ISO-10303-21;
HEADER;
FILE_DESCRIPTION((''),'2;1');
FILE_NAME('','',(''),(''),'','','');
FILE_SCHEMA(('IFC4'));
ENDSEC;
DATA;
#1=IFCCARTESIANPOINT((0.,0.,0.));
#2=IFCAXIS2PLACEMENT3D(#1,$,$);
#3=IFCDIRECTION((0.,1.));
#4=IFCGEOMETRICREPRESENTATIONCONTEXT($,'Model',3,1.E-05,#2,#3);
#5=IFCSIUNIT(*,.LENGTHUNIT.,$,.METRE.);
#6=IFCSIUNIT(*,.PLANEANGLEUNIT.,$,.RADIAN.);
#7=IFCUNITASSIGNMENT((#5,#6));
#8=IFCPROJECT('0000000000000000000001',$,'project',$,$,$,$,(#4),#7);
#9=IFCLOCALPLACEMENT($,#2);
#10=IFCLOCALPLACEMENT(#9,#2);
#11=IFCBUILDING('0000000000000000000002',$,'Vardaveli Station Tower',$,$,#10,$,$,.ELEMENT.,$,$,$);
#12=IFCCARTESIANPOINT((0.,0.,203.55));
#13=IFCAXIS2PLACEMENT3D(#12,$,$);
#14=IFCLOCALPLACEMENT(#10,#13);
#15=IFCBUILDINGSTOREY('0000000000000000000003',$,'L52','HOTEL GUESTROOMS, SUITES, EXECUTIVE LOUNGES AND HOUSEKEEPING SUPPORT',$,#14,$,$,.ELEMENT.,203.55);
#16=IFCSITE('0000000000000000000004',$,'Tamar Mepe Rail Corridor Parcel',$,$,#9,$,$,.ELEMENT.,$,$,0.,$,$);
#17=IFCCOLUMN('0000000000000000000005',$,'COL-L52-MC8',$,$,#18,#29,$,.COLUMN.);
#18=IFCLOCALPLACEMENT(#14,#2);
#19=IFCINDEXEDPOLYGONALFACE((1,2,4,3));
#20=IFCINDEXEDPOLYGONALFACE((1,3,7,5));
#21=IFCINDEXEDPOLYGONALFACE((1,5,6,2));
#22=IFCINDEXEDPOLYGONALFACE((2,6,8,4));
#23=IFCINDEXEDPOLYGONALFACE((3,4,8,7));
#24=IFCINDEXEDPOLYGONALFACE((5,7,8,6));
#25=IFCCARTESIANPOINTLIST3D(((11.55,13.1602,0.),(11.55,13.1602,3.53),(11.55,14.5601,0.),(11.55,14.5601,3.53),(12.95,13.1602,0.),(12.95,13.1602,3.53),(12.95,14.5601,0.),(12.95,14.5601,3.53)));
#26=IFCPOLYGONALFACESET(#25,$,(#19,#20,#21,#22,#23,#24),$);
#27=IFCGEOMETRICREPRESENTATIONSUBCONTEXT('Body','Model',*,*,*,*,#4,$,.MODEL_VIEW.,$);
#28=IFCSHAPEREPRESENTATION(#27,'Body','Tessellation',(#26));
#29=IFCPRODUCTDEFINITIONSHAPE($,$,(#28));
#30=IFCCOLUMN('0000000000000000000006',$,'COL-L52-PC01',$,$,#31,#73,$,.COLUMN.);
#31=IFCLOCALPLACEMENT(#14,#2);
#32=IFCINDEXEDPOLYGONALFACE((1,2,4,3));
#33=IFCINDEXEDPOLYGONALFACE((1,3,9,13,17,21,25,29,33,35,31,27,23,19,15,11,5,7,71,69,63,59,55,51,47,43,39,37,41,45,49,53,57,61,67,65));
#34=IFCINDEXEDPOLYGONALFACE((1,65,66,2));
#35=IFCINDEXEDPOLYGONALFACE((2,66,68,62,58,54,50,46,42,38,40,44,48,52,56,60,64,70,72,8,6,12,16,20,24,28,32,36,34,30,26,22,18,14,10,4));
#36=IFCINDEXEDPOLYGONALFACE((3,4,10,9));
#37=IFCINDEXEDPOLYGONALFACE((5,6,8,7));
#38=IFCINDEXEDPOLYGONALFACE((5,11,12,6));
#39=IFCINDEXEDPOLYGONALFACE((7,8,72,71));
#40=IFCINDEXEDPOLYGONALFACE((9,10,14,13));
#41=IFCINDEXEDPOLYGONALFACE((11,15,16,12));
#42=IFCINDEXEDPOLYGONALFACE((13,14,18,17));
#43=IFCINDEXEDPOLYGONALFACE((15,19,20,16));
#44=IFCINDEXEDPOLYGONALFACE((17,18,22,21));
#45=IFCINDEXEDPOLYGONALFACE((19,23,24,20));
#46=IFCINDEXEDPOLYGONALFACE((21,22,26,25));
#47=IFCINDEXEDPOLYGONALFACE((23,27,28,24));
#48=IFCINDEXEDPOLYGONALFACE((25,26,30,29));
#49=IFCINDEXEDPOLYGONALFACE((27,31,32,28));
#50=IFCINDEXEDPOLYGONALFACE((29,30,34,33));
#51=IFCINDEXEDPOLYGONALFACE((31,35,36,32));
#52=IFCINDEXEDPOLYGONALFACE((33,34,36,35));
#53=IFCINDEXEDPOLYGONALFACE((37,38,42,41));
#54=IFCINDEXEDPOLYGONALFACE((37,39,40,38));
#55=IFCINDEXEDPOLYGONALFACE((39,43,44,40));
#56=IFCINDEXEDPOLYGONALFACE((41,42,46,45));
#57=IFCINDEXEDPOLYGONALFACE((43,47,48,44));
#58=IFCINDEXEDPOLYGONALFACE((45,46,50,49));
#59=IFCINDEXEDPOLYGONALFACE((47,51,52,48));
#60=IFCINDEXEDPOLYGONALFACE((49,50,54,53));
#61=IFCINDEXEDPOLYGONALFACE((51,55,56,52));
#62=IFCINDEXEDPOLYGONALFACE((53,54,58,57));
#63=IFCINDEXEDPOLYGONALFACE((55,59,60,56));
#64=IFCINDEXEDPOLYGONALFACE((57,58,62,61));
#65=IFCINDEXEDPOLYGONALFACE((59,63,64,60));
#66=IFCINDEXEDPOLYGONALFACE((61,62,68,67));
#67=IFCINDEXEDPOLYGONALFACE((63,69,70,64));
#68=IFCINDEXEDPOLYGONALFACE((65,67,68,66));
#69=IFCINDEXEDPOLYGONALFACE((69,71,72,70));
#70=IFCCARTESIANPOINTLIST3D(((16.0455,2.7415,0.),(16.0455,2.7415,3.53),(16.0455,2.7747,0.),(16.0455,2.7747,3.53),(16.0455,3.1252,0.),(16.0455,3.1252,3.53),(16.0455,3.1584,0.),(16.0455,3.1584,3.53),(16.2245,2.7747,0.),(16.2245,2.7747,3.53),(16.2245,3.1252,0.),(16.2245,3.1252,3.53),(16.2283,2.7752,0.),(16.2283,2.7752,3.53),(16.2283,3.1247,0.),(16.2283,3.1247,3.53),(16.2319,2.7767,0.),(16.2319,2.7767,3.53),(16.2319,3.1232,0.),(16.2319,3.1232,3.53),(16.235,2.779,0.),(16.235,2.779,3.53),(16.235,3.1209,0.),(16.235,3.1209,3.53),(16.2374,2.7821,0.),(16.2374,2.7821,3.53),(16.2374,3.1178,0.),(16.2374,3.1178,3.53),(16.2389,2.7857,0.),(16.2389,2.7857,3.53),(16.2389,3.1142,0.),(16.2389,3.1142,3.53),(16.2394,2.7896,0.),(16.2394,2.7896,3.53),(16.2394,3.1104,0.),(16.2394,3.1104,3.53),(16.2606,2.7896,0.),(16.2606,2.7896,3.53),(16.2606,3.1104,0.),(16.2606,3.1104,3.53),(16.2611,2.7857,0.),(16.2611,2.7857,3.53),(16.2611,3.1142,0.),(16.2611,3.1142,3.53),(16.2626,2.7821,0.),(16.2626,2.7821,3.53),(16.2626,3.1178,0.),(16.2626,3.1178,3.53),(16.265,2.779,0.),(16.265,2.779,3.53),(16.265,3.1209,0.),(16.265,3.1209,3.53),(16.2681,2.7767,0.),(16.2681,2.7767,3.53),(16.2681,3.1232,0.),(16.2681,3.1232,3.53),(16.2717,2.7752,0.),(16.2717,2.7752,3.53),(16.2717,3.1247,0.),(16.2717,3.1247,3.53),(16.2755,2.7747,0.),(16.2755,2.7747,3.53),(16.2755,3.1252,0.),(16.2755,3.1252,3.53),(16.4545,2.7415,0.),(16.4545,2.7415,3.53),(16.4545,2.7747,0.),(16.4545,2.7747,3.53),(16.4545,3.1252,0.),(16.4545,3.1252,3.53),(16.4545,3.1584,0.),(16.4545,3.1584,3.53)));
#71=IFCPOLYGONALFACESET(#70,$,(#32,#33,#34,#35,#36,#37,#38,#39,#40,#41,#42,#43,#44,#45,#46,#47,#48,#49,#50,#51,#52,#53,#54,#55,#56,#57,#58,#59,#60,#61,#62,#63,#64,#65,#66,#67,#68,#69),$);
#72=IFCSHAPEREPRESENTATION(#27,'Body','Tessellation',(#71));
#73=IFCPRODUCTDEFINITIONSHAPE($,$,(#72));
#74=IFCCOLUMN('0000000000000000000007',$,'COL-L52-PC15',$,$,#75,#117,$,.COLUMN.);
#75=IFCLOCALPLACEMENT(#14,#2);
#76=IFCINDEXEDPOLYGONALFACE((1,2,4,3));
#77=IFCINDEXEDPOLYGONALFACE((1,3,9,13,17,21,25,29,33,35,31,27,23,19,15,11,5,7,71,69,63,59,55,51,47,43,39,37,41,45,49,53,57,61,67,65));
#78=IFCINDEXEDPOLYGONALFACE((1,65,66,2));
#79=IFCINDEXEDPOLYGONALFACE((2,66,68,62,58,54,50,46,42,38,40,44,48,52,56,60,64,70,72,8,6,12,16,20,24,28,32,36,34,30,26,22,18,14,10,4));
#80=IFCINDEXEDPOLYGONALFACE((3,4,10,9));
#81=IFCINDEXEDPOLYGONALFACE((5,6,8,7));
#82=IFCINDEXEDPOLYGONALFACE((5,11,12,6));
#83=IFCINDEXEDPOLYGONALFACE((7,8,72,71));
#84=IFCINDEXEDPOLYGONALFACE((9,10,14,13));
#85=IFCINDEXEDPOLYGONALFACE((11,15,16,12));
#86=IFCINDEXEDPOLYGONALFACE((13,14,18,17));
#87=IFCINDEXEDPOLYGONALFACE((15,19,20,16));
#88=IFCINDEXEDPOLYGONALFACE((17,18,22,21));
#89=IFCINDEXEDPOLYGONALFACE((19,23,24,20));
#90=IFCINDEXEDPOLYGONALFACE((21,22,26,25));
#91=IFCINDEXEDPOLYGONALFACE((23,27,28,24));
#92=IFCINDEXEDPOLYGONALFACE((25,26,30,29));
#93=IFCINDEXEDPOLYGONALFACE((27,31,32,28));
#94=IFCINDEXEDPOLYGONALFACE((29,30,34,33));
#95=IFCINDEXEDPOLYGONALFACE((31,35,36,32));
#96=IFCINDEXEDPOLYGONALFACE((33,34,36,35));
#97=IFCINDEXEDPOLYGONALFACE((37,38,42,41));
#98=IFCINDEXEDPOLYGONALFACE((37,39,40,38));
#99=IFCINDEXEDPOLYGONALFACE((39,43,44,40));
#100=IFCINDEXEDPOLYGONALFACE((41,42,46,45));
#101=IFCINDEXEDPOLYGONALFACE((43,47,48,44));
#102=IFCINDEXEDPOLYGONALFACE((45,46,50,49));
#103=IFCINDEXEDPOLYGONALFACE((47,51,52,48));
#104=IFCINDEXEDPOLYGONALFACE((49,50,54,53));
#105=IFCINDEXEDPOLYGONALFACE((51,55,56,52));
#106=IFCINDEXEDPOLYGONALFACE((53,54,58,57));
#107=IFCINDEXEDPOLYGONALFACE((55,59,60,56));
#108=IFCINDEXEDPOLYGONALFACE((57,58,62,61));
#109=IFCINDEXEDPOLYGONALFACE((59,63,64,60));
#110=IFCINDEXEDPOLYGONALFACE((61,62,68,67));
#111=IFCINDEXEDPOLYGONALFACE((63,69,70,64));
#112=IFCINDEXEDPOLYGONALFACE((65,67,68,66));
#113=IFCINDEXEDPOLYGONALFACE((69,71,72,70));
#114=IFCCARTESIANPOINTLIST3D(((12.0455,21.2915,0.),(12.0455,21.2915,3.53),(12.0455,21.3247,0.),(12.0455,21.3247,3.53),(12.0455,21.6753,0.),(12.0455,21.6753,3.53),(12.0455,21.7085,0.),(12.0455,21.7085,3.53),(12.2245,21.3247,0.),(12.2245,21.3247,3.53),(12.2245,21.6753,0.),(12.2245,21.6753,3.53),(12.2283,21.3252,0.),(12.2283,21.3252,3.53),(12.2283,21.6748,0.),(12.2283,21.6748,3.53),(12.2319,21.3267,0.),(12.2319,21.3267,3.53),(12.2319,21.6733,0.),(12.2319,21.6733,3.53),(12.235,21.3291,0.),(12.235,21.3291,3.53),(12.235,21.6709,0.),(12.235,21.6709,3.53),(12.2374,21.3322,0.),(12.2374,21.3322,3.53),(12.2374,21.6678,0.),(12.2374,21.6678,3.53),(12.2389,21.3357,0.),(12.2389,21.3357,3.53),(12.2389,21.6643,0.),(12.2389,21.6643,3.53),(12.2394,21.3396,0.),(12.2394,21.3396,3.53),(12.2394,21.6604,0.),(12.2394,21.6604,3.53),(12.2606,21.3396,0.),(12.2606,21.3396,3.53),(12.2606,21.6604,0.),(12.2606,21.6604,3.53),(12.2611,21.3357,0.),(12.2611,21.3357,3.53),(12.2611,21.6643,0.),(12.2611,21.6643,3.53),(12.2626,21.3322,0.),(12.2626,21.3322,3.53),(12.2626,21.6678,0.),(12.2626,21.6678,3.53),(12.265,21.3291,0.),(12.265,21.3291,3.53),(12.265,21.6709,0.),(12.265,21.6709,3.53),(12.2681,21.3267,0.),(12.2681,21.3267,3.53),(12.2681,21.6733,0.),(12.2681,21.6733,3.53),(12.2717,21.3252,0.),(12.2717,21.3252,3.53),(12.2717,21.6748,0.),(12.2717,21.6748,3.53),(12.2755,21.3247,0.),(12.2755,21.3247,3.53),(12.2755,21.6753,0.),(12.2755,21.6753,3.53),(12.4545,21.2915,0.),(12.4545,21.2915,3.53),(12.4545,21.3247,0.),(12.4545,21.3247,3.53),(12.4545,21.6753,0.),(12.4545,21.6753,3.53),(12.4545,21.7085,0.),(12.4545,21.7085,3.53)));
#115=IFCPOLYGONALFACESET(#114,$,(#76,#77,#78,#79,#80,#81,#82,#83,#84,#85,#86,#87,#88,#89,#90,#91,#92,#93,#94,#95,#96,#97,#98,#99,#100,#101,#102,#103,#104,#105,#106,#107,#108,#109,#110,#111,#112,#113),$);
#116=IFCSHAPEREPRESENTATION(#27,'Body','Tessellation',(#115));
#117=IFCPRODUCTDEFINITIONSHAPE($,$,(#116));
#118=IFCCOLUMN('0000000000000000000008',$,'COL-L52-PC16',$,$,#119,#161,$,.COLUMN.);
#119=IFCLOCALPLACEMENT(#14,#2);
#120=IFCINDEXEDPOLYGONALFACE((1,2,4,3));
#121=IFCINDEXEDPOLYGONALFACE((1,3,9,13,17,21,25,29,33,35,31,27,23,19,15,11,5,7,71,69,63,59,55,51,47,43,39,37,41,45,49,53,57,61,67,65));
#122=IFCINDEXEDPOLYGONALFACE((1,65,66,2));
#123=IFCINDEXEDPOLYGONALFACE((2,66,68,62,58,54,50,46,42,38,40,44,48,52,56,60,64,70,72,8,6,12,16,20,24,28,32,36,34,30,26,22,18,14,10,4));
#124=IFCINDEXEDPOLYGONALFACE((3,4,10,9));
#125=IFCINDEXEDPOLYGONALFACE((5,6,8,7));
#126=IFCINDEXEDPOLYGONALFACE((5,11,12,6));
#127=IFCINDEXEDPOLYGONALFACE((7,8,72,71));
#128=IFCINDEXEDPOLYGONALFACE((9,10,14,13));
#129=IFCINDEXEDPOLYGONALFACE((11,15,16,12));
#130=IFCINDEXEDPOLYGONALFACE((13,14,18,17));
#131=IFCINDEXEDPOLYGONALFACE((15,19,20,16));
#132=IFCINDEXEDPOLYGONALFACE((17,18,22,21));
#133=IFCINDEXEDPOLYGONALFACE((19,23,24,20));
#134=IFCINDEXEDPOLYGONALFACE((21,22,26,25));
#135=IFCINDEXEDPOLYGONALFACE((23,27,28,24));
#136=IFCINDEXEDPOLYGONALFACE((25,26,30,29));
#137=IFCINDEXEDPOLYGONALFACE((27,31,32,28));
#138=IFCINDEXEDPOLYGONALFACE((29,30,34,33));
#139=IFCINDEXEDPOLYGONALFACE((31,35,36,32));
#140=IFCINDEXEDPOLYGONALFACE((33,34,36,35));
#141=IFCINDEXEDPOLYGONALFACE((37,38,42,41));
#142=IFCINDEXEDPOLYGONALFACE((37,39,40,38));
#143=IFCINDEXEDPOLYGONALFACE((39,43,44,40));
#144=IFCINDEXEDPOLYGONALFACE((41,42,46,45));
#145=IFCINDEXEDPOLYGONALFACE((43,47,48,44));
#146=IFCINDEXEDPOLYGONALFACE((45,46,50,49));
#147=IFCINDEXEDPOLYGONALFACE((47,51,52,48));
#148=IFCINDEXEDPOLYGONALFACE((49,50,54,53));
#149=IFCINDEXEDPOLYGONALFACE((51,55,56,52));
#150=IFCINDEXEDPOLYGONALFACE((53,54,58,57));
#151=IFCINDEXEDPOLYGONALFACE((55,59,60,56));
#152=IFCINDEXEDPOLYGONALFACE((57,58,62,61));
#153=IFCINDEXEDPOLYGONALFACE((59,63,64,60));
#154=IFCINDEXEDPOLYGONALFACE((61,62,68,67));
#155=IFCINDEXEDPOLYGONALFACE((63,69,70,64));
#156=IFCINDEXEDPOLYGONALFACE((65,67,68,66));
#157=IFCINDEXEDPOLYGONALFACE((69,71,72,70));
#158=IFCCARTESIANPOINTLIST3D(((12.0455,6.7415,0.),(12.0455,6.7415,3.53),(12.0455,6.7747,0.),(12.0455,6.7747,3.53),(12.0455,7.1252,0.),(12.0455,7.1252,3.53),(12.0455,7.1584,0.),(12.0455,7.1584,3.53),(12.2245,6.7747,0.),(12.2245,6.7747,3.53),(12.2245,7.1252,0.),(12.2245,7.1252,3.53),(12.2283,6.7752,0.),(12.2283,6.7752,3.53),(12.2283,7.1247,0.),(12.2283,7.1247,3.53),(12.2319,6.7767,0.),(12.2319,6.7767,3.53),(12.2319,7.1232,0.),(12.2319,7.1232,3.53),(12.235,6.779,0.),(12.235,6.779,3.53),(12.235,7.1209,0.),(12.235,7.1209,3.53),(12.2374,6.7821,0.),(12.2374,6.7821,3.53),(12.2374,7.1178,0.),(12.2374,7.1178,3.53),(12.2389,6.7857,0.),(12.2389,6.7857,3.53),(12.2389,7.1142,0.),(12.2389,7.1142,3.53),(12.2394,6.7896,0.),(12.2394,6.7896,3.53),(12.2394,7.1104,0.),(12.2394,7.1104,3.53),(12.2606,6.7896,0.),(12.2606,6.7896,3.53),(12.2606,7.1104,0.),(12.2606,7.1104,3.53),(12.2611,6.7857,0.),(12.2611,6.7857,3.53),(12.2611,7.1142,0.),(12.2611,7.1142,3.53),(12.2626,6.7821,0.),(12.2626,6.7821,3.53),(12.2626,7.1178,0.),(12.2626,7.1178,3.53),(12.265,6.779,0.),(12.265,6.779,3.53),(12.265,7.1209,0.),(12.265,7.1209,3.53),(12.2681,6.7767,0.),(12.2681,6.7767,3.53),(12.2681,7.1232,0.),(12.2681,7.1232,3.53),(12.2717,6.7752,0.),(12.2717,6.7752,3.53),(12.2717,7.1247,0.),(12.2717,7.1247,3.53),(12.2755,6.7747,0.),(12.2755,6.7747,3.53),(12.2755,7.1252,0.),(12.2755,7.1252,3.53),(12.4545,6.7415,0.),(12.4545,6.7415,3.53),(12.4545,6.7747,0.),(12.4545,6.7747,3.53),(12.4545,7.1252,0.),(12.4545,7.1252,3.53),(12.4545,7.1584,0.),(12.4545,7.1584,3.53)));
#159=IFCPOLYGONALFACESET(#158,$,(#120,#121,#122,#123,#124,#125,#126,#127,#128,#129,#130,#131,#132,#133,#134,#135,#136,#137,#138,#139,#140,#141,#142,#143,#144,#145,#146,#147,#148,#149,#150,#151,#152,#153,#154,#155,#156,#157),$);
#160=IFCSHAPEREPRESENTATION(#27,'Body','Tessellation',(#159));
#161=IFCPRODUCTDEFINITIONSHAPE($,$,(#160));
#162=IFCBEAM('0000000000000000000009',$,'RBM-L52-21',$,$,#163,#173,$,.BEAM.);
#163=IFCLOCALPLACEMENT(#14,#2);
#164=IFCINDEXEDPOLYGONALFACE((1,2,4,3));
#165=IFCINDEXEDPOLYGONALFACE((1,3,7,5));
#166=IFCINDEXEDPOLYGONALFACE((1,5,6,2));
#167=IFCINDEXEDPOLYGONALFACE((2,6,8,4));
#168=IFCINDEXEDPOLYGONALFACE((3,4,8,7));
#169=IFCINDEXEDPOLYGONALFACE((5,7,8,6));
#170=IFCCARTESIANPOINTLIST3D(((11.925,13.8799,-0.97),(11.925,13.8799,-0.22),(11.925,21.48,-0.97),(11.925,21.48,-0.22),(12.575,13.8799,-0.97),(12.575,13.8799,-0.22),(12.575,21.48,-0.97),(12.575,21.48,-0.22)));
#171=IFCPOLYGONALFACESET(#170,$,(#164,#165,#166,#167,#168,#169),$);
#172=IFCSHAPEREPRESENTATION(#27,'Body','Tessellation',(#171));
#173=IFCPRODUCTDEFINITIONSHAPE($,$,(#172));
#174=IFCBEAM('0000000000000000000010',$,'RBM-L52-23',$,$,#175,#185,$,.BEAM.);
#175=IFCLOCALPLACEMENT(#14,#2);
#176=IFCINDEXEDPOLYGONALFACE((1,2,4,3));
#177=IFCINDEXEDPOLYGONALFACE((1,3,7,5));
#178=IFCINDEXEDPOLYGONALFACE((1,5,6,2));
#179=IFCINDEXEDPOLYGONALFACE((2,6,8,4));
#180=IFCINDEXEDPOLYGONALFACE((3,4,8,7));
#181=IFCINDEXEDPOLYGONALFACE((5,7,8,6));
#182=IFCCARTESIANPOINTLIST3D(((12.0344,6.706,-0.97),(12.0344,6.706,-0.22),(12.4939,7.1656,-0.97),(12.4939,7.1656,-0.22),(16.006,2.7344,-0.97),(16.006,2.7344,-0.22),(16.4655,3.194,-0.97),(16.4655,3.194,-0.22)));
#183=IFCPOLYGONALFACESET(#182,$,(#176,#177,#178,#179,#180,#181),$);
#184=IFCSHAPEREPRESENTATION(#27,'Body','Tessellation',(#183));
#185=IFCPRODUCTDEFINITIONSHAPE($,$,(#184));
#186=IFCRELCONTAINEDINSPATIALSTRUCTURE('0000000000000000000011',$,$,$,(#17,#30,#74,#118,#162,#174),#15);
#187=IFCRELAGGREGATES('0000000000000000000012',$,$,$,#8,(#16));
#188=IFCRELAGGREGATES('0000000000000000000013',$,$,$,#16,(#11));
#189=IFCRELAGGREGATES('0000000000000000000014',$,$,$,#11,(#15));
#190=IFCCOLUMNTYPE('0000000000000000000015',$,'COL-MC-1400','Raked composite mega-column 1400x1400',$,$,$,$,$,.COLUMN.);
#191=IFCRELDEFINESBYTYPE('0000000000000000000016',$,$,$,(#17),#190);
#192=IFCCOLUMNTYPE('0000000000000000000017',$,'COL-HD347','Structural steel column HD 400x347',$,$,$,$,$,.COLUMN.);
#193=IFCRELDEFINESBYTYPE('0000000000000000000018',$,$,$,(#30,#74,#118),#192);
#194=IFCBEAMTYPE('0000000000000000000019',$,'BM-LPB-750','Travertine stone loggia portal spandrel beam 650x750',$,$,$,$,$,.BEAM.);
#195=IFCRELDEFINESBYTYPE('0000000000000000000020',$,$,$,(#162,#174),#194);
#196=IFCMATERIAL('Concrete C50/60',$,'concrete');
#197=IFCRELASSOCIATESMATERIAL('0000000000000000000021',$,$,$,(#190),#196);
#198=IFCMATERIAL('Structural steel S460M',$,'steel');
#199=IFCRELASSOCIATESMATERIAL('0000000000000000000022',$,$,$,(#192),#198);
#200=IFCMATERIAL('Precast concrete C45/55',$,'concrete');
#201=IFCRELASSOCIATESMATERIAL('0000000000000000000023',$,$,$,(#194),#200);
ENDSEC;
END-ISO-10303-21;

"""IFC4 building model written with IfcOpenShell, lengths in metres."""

from ifc_helpers import new_model, si_unit, direction, frame, origin, origin_2d, place, context, subcontext, project, spatial, rectangle, i_section, extrude, source, transform, mapped, material, material_profile, profile_set, type_object, element, save


model = new_model("IFC4")

# Units and contexts
model_context = context("Model", 3, precision=1e-05, world=origin(), true_north=direction((0.0, 1.0)))
body_context = subcontext(model_context, "Body", "Model", "MODEL_VIEW")
ifc_project = project(units=[si_unit("LENGTHUNIT", "METRE"), si_unit("PLANEANGLEUNIT", "RADIAN")], contexts=[model_context])

# Site, building, storey
site_placement = place(None, origin())
site = spatial("IfcSite", under=ifc_project, at=site_placement, Name="Tamar Mepe Rail Corridor Parcel", CompositionType="ELEMENT", RefElevation=0.0)
building_placement = place(site_placement, origin())
building = spatial("IfcBuilding", under=site, at=building_placement, Name="Vardaveli Station Tower", CompositionType="ELEMENT")
storey_placement = place(building_placement, frame((0.0, 0.0, 203.55)))
storey = spatial("IfcBuildingStorey", under=building, at=storey_placement, Name="L52", Description="HOTEL GUESTROOMS, SUITES, EXECUTIVE LOUNGES AND HOUSEKEEPING SUPPORT", CompositionType="ELEMENT", Elevation=203.55)

# Columns
ifc_material_1 = material(Name="Concrete C50/60", Category="concrete")
ifc_material_profile_1 = material_profile(ifc_material_1, rectangle(XDim=1.3999, YDim=1.3999, at=origin_2d()), Name="MC 1400x1400")
ifc_profile_set_1 = profile_set([ifc_material_profile_1], Name="Concrete C50/60")
column_type_1 = type_object("IfcColumnType", Name="COL-MC-1400", Description="Raked composite mega-column 1400x1400", PredefinedType="COLUMN", material=ifc_profile_set_1)
shared_shape_1 = source(origin(), body_context, "Body", "SweptSolid", [
    extrude(rectangle(XDim=1.3999, YDim=1.3999, at=origin_2d()), origin(), (0.0, 0.0, 1.0), 3.53),
])
column_placement = place(storey_placement, frame((12.25, 13.8601, 0.0), z_axis=(0.0, 0.0, 1.0), x_axis=(1.0, 0.0, 0.0)))
element("IfcColumn", 1, at=column_placement, inside=storey, type_object=column_type_1, Name="COL-L52-MC8", PredefinedType="COLUMN", context=body_context, shape_type="MappedRepresentation", body=[
    mapped(shared_shape_1, transform((0.0, 0.0, 0.0), scale=1.0)),
])
ifc_material_2 = material(Name="Structural steel S460M", Category="steel")
ifc_material_profile_2 = material_profile(ifc_material_2, i_section(OverallWidth=0.4089, OverallDepth=0.417, WebThickness=0.0212, FlangeThickness=0.0332, FilletRadius=0.0149, at=origin_2d()), Name="HD 400x347")
ifc_profile_set_2 = profile_set([ifc_material_profile_2], Name="Structural steel S460M")
column_type_2 = type_object("IfcColumnType", Name="COL-HD347", Description="Structural steel column HD 400x347", PredefinedType="COLUMN", material=ifc_profile_set_2)
shared_shape_2 = source(origin(), body_context, "Body", "SweptSolid", [
    extrude(i_section(OverallWidth=0.4089, OverallDepth=0.417, WebThickness=0.0212, FlangeThickness=0.0332, FilletRadius=0.0149, at=origin_2d()), origin(), (0.0, 0.0, 1.0), 3.53),
])
for number, where, z_axis, x_axis, name in (
    (2, (16.25, 2.95, 0.0), (0.0, 0.0, 1.0), (1.0, 0.0, 0.0), "COL-L52-PC01"),
    (3, (12.25, 21.5, 0.0), (0.0, 0.0, 1.0), (1.0, 0.0, 0.0), "COL-L52-PC15"),
    (4, (12.25, 6.95, 0.0), (0.0, 0.0, 1.0), (1.0, 0.0, 0.0), "COL-L52-PC16"),
):
    element("IfcColumn", number, at=place(storey_placement, frame(where, z_axis=z_axis, x_axis=x_axis)), inside=storey, type_object=column_type_2, Name=name, PredefinedType="COLUMN", context=body_context, shape_type="MappedRepresentation", body=[
        mapped(shared_shape_2, transform((0.0, 0.0, 0.0), scale=1.0)),
    ])

# Beams
ifc_material_3 = material(Name="Precast concrete C45/55", Category="concrete")
ifc_material_profile_3 = material_profile(ifc_material_3, rectangle(XDim=0.6499, YDim=0.75, at=origin_2d()), Name="LPB 650x750")
ifc_profile_set_3 = profile_set([ifc_material_profile_3], Name="Precast concrete C45/55")
beam_type_1 = type_object("IfcBeamType", Name="BM-LPB-750", Description="Travertine stone loggia portal spandrel beam 650x750", PredefinedType="BEAM", material=ifc_profile_set_3)
shared_shape_3 = source(origin(), body_context, "Body", "SweptSolid", [
    extrude(rectangle(XDim=0.6499, YDim=0.75, at=origin_2d()), origin(), (0.0, 0.0, 1.0), 7.6001),
])
beam_1_placement = place(storey_placement, frame((12.25, 21.48, -0.595), z_axis=(0.0, -1.0, 0.0), x_axis=(1.0, 0.0, 0.0)))
element("IfcBeam", 5, at=beam_1_placement, inside=storey, type_object=beam_type_1, Name="RBM-L52-21", PredefinedType="BEAM", context=body_context, shape_type="MappedRepresentation", body=[
    mapped(shared_shape_3, transform((0.0, 0.0, 0.0), scale=1.0)),
])
shared_shape_4 = source(origin(), body_context, "Body", "SweptSolid", [
    extrude(rectangle(XDim=0.6499, YDim=0.75, at=origin_2d()), origin(), (0.0, 0.0, 1.0), 5.6167),
])
beam_2_placement = place(storey_placement, frame((12.2642, 6.9358, -0.595), z_axis=(0.707107, -0.707107, 0.0), x_axis=(0.707107, 0.707107, 0.0)))
element("IfcBeam", 6, at=beam_2_placement, inside=storey, type_object=beam_type_1, Name="RBM-L52-23", PredefinedType="BEAM", context=body_context, shape_type="MappedRepresentation", body=[
    mapped(shared_shape_4, transform((0.0, 0.0, 0.0), scale=1.0)),
])

save(model, "model.ifc")
